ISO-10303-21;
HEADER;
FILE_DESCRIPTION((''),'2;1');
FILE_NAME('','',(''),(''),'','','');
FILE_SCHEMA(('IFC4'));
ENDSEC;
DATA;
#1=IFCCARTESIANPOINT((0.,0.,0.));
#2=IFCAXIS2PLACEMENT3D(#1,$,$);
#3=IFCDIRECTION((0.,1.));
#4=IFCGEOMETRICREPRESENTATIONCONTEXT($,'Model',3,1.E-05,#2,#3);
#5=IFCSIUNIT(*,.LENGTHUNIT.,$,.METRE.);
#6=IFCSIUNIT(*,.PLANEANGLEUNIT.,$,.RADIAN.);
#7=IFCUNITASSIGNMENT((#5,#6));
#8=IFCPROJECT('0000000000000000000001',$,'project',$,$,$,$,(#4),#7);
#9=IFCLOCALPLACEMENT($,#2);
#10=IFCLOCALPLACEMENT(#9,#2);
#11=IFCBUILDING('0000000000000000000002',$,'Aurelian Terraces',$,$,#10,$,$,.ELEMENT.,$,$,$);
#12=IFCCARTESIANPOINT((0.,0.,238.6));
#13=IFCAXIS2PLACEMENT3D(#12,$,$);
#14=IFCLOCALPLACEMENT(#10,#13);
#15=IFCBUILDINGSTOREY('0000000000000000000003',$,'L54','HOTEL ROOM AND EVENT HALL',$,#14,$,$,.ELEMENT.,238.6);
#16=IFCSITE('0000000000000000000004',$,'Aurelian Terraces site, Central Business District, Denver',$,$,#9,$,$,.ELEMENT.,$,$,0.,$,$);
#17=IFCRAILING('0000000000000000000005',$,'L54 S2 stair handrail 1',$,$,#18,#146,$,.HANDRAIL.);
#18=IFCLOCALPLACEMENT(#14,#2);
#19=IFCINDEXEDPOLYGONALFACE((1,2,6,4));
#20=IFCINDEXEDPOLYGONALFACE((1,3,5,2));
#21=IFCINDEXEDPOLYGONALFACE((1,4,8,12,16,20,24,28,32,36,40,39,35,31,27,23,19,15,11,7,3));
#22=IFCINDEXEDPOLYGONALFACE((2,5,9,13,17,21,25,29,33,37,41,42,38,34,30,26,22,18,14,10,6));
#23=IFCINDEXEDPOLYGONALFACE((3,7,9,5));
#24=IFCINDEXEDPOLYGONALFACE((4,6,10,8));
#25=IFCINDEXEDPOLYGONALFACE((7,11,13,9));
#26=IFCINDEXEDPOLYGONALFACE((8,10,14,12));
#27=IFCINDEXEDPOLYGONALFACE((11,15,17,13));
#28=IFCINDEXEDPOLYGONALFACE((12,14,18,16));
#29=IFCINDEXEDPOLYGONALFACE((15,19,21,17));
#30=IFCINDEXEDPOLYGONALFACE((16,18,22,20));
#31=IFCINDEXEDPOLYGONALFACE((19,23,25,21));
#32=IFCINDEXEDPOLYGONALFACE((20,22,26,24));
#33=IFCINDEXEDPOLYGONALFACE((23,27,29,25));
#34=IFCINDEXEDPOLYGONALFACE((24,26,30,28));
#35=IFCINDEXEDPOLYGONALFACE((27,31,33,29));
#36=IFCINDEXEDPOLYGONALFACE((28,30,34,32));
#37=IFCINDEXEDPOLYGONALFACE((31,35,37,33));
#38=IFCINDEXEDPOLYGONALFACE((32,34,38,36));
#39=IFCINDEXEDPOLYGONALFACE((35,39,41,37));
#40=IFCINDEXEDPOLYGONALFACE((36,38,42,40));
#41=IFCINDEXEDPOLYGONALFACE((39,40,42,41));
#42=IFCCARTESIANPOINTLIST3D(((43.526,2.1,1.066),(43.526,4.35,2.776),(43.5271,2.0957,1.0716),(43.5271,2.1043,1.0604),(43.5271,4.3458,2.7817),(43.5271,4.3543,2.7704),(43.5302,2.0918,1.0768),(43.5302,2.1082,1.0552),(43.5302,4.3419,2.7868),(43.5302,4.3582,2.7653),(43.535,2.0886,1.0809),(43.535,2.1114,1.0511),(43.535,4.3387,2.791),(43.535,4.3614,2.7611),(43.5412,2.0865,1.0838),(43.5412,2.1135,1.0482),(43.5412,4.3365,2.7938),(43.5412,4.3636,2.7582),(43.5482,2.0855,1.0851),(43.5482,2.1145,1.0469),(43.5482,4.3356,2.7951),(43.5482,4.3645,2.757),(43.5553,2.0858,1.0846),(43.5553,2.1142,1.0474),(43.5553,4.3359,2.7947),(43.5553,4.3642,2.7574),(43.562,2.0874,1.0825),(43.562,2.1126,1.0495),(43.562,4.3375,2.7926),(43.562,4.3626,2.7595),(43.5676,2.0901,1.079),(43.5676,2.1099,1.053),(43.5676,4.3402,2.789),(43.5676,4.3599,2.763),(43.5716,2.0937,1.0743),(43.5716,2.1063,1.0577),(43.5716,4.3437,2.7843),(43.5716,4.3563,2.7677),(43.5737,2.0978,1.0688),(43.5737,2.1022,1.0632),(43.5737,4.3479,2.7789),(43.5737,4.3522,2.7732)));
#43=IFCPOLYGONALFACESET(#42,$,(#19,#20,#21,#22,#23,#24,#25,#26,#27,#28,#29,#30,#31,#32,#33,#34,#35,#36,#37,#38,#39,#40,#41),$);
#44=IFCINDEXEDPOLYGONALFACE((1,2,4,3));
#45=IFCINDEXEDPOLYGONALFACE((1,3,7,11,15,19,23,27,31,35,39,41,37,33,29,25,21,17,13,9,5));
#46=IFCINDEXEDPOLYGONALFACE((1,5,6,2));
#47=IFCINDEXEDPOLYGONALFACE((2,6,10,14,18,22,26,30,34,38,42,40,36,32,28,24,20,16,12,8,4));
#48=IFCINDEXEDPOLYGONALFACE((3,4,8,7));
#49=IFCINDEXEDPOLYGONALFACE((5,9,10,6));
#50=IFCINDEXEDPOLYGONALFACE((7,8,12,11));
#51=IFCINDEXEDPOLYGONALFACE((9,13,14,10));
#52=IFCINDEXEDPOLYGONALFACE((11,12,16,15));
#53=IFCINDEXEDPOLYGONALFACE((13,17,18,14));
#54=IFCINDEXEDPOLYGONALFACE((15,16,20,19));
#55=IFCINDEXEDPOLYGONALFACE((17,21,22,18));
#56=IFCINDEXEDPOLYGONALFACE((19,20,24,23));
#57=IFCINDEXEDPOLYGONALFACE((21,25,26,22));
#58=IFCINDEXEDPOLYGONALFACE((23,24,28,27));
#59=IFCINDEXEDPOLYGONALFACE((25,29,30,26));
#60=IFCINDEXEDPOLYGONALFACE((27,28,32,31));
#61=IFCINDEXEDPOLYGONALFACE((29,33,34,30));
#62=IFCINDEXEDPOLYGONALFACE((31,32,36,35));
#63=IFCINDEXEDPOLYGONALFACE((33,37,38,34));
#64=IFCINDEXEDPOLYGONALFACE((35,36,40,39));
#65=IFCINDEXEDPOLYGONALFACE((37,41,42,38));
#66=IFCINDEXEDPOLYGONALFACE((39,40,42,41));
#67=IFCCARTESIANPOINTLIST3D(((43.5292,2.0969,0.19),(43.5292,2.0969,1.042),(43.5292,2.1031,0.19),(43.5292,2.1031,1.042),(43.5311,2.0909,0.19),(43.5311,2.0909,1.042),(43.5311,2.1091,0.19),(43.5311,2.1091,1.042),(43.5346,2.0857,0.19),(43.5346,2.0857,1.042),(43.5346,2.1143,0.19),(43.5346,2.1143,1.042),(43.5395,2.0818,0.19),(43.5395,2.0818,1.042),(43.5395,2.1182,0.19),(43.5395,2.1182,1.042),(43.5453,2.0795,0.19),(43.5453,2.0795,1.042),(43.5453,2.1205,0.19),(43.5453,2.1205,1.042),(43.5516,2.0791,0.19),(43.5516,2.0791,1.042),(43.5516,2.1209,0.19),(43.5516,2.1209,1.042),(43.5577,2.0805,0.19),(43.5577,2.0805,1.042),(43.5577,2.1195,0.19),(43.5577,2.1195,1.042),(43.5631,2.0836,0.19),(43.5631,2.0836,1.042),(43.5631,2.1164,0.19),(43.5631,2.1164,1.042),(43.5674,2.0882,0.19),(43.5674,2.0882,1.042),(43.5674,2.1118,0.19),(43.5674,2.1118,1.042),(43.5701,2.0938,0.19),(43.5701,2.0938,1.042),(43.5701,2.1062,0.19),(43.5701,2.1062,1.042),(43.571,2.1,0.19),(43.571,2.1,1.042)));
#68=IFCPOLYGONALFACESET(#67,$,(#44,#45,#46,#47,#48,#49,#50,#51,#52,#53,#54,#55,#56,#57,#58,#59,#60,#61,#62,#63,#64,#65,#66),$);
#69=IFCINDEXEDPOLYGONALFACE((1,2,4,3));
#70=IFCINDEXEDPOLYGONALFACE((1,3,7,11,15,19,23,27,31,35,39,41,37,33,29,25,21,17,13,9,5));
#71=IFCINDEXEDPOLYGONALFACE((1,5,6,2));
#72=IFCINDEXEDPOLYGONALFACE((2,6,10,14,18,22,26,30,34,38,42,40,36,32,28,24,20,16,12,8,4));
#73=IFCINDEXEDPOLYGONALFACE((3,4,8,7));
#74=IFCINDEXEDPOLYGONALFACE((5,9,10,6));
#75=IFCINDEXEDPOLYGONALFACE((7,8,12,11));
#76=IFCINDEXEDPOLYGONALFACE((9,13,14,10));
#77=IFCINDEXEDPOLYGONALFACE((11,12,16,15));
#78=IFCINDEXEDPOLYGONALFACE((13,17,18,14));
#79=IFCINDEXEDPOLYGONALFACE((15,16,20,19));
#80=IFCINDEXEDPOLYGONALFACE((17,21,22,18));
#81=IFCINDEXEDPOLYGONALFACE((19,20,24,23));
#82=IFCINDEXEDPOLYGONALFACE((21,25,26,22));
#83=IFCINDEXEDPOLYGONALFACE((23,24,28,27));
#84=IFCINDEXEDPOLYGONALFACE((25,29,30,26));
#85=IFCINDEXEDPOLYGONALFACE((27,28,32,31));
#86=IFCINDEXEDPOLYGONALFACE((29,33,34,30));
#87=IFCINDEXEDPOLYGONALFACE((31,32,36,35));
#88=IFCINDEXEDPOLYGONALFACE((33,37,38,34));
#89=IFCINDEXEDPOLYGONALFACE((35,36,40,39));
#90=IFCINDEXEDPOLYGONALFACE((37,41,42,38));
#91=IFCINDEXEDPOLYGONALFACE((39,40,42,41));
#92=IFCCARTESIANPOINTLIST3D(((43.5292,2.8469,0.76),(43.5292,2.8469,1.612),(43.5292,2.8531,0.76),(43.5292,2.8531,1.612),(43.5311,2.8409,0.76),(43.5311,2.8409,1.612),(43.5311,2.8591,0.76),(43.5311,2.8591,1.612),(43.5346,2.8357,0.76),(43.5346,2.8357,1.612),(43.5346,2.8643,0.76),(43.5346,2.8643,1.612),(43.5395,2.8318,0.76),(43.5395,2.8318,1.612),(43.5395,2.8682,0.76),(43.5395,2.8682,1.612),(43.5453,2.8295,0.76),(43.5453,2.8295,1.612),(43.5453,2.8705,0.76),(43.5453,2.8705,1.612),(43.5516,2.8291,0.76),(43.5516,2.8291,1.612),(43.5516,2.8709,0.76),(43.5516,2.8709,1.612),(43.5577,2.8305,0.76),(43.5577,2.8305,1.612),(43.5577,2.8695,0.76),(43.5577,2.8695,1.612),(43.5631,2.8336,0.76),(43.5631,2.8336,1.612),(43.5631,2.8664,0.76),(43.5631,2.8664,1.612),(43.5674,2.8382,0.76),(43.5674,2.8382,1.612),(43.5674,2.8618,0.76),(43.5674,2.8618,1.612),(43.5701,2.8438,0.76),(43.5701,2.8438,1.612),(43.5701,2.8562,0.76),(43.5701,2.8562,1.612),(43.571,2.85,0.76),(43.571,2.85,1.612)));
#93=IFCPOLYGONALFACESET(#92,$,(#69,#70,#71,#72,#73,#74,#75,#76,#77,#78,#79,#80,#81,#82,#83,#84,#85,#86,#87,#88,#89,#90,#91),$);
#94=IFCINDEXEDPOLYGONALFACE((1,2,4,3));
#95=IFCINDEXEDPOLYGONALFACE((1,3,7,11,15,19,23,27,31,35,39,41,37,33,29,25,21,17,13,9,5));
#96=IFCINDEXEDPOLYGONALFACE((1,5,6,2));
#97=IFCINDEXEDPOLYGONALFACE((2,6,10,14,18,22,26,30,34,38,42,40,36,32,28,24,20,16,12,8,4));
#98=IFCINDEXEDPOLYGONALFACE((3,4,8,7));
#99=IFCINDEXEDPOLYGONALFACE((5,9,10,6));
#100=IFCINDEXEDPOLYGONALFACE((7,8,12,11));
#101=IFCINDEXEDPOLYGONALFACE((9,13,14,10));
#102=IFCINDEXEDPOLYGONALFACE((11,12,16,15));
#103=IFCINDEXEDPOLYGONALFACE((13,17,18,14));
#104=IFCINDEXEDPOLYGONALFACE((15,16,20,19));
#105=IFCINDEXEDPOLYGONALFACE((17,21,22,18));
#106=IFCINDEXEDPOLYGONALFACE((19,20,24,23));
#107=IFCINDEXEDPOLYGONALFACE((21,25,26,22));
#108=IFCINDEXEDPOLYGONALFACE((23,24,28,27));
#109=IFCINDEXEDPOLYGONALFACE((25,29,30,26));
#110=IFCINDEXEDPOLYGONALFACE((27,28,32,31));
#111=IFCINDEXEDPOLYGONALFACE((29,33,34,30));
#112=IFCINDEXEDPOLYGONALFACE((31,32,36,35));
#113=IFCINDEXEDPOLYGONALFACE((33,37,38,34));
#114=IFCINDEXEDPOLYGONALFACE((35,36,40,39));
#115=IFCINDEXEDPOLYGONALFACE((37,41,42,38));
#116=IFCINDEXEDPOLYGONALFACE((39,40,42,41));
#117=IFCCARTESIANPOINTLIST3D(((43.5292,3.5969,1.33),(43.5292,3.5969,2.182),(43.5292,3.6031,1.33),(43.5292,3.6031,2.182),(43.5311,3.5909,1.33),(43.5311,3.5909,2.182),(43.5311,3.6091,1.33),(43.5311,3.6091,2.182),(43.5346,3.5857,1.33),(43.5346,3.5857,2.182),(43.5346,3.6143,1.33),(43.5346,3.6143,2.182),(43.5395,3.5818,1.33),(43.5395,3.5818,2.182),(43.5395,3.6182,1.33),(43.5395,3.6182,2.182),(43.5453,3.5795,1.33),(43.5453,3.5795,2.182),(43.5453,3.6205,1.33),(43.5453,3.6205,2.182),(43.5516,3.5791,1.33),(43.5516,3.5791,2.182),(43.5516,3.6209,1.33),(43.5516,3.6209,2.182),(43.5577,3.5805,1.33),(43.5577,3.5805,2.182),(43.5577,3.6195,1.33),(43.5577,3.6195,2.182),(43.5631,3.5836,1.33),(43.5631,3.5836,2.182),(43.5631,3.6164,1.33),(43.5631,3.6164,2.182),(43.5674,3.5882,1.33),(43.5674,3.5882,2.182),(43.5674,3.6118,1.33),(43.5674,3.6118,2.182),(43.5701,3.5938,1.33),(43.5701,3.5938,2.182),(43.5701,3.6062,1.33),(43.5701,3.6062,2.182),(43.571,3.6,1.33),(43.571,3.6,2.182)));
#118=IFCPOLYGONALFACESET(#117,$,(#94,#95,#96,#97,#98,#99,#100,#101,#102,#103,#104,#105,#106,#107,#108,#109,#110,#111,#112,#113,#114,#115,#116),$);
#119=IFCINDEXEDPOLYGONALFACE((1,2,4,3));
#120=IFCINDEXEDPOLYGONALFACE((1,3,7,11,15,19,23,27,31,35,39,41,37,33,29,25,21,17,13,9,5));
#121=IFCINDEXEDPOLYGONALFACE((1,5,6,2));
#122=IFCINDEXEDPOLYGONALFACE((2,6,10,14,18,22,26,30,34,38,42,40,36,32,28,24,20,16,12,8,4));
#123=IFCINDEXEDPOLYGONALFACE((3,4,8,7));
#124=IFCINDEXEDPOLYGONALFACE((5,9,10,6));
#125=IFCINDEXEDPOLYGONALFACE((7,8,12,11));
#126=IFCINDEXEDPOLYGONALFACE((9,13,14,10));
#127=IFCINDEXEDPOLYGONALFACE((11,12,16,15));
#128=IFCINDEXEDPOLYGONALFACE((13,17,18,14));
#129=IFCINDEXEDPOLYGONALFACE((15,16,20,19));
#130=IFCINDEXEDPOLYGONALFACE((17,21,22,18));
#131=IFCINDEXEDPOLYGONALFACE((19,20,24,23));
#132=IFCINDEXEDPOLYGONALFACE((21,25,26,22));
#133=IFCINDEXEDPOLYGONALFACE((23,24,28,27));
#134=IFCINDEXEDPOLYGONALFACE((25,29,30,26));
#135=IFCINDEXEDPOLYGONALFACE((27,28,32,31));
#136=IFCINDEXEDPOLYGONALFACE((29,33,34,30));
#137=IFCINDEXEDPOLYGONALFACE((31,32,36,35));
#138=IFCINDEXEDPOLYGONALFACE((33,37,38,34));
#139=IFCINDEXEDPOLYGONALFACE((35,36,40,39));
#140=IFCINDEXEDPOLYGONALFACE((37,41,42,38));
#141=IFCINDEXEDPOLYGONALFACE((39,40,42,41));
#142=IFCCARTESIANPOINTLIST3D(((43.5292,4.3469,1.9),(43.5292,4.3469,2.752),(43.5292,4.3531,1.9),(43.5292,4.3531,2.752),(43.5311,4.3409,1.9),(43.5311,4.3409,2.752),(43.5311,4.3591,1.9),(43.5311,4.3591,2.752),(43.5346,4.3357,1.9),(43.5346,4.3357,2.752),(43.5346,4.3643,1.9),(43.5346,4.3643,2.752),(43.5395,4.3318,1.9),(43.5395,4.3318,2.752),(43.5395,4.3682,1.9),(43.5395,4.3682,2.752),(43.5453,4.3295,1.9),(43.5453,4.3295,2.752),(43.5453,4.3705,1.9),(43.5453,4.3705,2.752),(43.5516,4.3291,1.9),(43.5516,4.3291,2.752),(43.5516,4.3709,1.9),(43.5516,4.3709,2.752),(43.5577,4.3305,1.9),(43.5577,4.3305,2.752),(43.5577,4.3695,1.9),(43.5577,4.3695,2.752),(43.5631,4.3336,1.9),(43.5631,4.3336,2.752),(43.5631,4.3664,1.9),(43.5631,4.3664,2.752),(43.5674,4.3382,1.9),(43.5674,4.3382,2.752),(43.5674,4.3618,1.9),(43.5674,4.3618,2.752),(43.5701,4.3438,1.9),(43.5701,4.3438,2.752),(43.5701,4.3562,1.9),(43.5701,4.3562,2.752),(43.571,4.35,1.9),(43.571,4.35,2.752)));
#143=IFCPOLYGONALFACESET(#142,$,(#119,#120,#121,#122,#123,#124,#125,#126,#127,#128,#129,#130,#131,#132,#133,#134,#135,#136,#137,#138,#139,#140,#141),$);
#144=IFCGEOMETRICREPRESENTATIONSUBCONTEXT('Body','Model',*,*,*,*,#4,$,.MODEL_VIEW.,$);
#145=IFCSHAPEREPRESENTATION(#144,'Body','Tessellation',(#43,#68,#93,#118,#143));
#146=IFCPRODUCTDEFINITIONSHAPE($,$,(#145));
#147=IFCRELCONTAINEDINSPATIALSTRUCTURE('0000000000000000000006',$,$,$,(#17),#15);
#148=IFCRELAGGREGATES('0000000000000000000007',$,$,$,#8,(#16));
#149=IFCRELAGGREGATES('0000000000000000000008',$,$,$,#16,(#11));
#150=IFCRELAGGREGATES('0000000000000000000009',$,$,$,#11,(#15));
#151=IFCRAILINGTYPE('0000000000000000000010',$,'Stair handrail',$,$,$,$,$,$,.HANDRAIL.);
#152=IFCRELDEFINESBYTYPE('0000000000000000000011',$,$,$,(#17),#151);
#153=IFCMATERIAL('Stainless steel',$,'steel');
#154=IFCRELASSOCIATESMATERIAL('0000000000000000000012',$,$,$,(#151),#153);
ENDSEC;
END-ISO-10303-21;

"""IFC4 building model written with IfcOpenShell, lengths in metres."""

from ifc_helpers import new_model, si_unit, direction, frame, origin, origin_2d, place, context, subcontext, project, spatial, circle, extrude, source, transform, mapped, material, type_object, element, save


model = new_model("IFC4")

# Units and contexts
model_context = context("Model", 3, precision=1e-05, world=origin(), true_north=direction((0.0, 1.0)))
body_context = subcontext(model_context, "Body", "Model", "MODEL_VIEW")
ifc_project = project(units=[si_unit("LENGTHUNIT", "METRE"), si_unit("PLANEANGLEUNIT", "RADIAN")], contexts=[model_context])

# Site, building, storey
site_placement = place(None, origin())
site = spatial("IfcSite", under=ifc_project, at=site_placement, Name="Aurelian Terraces site, Central Business District, Denver", CompositionType="ELEMENT", RefElevation=0.0)
building_placement = place(site_placement, origin())
building = spatial("IfcBuilding", under=site, at=building_placement, Name="Aurelian Terraces", CompositionType="ELEMENT")
storey_placement = place(building_placement, frame((0.0, 0.0, 238.6)))
storey = spatial("IfcBuildingStorey", under=building, at=storey_placement, Name="L54", Description="HOTEL ROOM AND EVENT HALL", CompositionType="ELEMENT", Elevation=238.6)

# Railing
ifc_material_1 = material(Name="Stainless steel", Category="steel")
railing_type_1 = type_object("IfcRailingType", Name="Stair handrail", PredefinedType="HANDRAIL", material=ifc_material_1)
shared_shape_1 = source(origin(), body_context, "Body", "SweptSolid", [
    extrude(circle(Radius=0.024, at=origin_2d()), frame((0.0, 0.0, 0.876), z_axis=(0.0, 0.796162, 0.605083), x_axis=(-1.0, 0.0, 0.0)), (0.0, 0.0, 1.0), 2.8261),
    extrude(circle(Radius=0.021, at=origin_2d()), origin(), (0.0, 0.0, 1.0), 0.852),
    extrude(circle(Radius=0.021, at=origin_2d()), frame((0.0, 0.75, 0.57)), (0.0, 0.0, 1.0), 0.852),
    extrude(circle(Radius=0.021, at=origin_2d()), frame((0.0, 1.5, 1.14)), (0.0, 0.0, 1.0), 0.852),
    extrude(circle(Radius=0.021, at=origin_2d()), frame((0.0, 2.25, 1.71)), (0.0, 0.0, 1.0), 0.852),
])
railing_1_placement = place(storey_placement, frame((43.55, 2.1, 0.19)))
element("IfcRailing", 1, at=railing_1_placement, inside=storey, type_object=railing_type_1, Name="L54 S2 stair handrail 1", PredefinedType="HANDRAIL", context=body_context, shape_type="MappedRepresentation", body=[
    mapped(shared_shape_1, transform((0.0, 0.0, 0.0), scale=1.0)),
])

save(model, "model.ifc")
